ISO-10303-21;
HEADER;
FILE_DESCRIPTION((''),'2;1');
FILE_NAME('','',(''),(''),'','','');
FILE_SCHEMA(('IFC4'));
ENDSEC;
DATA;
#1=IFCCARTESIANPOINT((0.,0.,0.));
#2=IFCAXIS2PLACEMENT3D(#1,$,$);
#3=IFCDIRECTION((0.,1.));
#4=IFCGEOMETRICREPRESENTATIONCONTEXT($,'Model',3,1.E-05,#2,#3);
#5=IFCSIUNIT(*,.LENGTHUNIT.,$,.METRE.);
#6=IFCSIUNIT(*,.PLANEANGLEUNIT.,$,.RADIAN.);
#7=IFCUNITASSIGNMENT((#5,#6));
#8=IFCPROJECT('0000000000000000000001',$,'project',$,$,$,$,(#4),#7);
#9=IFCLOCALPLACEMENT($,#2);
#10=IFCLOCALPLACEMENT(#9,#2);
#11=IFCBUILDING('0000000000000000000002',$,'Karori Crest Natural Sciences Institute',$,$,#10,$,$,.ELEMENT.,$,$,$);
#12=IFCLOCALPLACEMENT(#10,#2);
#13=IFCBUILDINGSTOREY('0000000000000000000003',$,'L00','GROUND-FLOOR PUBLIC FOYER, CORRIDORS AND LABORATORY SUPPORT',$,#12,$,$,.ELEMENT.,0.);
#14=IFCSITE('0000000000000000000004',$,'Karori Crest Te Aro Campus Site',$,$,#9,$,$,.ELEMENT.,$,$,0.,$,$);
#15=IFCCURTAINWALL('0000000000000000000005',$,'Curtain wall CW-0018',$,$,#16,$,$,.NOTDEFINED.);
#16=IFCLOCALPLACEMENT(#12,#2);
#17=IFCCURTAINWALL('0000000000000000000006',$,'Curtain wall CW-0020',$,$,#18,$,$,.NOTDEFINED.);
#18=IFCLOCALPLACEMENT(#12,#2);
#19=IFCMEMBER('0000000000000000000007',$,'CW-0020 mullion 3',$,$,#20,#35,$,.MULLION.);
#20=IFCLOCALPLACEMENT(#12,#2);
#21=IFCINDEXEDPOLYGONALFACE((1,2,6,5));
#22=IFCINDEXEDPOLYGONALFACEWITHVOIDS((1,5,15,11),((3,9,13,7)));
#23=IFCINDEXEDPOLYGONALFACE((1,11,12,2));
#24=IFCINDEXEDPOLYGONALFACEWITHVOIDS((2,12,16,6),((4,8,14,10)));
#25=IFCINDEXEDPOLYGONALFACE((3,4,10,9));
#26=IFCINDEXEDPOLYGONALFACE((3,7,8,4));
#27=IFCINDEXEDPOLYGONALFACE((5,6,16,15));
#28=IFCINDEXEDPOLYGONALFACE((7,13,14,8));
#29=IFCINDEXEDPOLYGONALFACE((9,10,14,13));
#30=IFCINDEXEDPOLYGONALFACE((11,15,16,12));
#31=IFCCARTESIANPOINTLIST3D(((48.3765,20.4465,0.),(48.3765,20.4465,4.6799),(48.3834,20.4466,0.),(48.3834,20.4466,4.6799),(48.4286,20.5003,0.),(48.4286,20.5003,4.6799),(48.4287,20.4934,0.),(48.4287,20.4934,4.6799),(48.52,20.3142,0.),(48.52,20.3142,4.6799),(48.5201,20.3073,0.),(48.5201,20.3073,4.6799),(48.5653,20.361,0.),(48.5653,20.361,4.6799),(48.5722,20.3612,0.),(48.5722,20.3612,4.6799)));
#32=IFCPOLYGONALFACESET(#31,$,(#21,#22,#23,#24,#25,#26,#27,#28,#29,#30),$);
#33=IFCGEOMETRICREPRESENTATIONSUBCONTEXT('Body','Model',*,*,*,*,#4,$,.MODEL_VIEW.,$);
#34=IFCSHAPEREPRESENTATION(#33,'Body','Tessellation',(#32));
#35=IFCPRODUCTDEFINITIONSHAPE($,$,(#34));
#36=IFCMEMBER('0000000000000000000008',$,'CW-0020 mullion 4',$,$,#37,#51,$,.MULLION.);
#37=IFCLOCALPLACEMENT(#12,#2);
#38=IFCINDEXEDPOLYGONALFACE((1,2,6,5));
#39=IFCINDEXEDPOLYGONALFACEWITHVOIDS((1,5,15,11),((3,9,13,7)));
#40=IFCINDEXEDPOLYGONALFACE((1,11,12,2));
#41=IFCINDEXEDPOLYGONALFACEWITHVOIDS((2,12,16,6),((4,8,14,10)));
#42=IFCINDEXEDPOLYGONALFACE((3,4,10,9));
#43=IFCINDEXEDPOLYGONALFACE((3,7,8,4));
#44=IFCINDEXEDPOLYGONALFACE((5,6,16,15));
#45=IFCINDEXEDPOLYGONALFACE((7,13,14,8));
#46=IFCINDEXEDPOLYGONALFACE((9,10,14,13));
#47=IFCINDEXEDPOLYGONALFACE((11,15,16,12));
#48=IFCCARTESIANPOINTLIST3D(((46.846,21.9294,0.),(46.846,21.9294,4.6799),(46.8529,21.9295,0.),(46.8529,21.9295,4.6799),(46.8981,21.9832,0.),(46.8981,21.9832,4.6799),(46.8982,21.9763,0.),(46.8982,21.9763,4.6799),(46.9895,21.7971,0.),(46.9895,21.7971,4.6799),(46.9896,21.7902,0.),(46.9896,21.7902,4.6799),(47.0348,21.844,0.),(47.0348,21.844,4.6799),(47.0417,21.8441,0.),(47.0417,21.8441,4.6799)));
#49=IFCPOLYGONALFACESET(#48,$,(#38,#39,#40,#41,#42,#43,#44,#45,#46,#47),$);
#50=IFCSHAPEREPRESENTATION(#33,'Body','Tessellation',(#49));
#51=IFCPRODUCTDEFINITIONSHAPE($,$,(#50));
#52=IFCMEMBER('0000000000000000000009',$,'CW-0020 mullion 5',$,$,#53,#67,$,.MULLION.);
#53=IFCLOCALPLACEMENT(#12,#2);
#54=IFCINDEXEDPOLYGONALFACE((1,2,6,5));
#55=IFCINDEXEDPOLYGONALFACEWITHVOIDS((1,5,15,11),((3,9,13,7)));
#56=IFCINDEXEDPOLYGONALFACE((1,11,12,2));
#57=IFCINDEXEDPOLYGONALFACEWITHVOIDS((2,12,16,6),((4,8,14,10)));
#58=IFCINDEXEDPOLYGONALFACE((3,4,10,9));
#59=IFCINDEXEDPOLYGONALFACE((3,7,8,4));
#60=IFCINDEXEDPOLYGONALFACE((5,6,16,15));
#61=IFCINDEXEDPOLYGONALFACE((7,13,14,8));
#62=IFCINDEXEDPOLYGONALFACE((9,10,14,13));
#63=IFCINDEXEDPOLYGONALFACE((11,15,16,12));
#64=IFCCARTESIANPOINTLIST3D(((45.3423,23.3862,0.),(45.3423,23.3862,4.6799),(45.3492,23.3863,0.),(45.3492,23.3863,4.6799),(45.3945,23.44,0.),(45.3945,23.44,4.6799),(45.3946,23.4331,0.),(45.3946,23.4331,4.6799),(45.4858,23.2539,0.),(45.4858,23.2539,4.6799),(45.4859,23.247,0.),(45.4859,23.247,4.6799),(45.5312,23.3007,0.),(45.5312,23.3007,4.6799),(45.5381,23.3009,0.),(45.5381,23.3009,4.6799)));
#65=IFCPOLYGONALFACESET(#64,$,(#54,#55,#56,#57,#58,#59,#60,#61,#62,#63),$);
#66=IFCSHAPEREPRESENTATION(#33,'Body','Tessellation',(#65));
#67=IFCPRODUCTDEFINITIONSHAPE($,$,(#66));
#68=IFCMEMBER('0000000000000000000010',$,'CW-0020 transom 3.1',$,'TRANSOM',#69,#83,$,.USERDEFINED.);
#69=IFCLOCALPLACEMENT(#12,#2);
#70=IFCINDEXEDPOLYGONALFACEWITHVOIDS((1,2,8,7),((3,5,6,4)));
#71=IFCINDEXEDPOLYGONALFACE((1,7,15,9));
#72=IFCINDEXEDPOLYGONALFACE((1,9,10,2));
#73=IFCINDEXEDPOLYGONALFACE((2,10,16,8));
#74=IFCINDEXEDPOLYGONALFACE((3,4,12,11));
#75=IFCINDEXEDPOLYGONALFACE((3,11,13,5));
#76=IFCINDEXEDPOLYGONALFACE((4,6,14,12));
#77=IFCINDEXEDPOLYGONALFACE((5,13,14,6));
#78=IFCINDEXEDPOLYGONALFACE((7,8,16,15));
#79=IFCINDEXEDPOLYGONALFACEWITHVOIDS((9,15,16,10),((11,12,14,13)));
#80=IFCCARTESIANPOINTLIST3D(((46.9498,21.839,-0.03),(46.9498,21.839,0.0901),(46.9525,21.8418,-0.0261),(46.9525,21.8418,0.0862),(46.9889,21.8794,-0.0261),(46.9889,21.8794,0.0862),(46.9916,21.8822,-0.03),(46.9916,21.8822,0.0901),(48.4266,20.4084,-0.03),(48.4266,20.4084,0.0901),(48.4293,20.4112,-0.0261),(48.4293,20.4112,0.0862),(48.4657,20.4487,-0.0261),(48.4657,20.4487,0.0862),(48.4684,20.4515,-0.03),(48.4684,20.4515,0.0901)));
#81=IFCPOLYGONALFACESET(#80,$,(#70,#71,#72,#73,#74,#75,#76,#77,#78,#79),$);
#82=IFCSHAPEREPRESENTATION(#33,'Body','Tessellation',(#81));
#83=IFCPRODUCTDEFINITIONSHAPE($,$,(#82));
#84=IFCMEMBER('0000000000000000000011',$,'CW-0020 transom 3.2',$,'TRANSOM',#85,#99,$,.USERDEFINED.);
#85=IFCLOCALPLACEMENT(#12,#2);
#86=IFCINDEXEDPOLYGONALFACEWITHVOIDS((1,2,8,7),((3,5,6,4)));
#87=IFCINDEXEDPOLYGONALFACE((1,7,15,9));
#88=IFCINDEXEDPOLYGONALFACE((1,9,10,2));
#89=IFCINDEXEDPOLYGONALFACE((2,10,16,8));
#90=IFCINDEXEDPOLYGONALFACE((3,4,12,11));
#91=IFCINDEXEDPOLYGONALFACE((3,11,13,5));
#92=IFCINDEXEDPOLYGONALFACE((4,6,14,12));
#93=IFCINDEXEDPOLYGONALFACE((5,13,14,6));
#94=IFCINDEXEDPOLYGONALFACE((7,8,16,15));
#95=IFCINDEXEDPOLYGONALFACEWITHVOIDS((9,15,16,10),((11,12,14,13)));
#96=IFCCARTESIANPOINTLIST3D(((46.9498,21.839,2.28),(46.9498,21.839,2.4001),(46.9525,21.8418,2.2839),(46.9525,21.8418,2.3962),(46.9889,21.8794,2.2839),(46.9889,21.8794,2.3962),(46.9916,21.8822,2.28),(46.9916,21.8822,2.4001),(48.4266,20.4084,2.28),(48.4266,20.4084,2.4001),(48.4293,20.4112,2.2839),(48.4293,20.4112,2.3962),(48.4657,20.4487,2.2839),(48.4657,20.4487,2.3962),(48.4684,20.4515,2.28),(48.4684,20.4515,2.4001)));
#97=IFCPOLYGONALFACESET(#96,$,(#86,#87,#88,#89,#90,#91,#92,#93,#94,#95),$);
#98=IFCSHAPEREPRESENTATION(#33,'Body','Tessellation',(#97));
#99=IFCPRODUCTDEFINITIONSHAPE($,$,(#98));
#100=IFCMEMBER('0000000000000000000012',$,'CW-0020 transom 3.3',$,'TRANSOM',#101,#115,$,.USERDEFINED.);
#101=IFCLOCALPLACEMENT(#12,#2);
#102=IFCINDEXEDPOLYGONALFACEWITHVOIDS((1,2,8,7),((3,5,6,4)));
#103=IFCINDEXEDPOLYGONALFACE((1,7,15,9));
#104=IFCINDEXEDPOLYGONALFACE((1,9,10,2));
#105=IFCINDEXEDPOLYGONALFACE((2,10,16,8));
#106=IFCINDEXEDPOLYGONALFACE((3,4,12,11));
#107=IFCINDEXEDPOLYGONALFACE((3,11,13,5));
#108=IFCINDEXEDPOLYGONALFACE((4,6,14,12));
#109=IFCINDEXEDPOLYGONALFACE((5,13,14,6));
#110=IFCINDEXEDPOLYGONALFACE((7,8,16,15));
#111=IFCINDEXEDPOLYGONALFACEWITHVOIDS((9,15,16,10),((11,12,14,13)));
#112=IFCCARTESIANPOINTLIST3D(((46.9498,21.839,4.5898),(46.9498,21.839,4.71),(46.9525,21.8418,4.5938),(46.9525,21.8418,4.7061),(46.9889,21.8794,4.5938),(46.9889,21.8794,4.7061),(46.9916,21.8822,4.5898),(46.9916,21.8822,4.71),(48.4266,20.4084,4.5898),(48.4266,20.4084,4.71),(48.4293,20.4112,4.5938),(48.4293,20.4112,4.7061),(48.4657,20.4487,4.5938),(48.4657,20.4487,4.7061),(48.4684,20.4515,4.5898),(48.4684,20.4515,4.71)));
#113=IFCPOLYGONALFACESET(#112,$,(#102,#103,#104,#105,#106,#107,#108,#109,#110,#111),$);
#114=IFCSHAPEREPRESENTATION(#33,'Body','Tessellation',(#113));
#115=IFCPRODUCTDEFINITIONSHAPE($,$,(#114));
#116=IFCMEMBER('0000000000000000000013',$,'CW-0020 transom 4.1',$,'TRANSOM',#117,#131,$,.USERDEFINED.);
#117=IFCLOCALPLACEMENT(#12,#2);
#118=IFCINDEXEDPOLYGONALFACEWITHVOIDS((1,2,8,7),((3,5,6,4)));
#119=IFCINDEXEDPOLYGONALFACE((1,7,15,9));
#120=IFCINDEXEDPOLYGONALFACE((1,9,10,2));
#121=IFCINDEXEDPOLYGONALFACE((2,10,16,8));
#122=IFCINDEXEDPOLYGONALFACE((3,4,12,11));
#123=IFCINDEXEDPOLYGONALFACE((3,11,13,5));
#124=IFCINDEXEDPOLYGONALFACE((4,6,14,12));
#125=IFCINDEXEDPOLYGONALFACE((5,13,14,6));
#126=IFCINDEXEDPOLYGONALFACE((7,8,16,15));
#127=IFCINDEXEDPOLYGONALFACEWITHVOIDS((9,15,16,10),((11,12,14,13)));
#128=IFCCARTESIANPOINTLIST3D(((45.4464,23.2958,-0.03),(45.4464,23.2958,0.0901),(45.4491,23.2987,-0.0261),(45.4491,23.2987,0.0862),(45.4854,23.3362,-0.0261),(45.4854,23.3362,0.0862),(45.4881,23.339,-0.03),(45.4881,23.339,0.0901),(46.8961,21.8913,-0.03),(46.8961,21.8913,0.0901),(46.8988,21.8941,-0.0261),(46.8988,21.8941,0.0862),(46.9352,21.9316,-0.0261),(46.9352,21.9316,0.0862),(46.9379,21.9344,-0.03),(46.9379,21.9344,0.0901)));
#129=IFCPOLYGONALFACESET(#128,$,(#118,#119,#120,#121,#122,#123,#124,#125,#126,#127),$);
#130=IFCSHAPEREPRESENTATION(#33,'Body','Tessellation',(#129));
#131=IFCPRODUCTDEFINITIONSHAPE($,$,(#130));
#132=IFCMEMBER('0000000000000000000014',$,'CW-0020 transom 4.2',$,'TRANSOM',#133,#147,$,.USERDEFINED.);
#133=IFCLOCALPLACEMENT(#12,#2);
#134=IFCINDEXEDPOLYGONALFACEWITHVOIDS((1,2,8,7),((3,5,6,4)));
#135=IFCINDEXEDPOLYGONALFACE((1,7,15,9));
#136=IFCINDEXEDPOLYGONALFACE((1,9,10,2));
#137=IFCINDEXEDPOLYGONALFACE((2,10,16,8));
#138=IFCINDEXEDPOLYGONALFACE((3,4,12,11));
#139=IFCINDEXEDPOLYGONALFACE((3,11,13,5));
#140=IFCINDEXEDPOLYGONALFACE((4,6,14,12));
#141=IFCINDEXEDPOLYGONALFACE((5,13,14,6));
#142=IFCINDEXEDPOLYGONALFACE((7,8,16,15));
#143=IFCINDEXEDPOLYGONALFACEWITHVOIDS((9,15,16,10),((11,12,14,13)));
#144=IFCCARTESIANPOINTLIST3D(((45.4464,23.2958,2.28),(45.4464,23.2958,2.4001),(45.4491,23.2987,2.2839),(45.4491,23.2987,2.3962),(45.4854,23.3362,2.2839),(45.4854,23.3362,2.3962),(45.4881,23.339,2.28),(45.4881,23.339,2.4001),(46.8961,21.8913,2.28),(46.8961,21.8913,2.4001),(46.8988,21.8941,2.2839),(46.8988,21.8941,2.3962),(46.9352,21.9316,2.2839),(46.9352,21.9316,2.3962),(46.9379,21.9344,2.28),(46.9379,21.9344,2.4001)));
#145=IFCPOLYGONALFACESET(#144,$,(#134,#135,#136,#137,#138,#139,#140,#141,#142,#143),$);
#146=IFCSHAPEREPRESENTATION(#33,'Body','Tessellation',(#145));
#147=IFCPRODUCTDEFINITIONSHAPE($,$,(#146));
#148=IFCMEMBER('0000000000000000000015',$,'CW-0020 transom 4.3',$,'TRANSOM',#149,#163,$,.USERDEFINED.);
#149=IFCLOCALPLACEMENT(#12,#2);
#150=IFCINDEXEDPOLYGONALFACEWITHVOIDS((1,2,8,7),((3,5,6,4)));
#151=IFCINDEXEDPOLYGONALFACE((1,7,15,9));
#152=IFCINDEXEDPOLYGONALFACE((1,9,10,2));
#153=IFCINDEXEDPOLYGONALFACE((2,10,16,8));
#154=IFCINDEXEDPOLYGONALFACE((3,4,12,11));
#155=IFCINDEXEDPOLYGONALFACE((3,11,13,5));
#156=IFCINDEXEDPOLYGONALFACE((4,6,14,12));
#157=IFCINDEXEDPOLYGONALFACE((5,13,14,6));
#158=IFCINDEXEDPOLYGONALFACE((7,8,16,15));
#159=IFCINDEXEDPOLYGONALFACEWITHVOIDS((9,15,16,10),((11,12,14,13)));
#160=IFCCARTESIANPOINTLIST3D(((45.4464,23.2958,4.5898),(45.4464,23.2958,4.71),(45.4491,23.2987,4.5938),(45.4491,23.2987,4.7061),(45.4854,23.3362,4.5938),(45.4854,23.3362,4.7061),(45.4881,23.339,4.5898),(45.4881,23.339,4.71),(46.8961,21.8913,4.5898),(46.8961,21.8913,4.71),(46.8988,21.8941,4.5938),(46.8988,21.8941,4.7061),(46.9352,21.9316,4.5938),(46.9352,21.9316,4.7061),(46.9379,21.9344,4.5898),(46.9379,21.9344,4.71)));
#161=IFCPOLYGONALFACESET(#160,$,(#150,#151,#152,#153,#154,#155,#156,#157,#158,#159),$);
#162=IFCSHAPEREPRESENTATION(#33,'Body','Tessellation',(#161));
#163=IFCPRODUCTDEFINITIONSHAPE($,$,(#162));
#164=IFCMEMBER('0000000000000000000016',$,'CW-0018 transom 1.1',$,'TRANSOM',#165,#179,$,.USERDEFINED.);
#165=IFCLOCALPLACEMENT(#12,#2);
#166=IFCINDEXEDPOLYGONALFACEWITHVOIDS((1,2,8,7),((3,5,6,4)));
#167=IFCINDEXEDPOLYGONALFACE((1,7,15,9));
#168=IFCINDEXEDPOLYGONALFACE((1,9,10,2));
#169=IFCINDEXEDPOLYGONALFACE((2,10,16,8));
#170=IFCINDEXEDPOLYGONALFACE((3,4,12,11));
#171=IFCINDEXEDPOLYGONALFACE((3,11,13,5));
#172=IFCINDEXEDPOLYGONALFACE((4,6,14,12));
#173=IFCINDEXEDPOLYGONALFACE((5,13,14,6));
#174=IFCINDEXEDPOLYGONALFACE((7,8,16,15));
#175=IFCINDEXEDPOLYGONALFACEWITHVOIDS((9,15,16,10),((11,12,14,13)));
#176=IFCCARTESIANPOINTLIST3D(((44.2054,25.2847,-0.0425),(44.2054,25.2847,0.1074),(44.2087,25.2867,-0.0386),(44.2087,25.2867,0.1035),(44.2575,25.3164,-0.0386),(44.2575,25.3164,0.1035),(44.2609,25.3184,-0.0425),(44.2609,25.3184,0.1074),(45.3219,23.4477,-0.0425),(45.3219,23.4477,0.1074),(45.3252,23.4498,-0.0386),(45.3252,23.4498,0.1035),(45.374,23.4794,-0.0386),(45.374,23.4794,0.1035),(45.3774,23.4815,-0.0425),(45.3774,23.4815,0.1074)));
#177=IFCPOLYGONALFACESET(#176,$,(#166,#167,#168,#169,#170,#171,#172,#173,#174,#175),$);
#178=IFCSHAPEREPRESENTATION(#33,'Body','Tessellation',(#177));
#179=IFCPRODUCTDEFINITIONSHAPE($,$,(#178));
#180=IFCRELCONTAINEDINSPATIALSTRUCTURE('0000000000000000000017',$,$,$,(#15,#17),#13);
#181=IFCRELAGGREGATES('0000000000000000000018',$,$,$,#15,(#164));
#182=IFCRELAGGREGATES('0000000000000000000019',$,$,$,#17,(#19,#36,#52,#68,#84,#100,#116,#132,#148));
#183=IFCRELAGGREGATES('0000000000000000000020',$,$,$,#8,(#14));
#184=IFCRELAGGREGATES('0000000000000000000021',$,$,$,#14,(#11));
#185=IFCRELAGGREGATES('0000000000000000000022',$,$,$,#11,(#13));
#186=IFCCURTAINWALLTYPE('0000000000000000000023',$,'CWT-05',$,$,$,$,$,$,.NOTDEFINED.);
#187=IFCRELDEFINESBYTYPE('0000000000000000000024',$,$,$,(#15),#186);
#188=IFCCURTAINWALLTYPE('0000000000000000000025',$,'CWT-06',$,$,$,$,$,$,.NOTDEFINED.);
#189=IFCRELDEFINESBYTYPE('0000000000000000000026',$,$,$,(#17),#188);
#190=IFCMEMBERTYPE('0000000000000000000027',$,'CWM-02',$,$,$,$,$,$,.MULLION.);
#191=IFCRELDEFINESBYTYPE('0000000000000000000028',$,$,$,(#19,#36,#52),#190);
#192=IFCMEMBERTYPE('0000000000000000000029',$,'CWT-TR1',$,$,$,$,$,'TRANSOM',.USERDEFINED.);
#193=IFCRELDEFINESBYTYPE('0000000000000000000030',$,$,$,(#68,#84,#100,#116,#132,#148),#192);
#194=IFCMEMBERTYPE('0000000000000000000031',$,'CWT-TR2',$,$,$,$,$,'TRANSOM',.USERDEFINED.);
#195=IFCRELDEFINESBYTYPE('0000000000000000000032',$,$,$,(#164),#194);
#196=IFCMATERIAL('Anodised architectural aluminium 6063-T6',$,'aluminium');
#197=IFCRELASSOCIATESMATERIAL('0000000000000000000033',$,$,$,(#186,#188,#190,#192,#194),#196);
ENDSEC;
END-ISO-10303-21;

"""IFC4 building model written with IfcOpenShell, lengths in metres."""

from ifc_helpers import new_model, si_unit, direction, frame, origin, origin_2d, place, context, subcontext, project, spatial, hollow_rectangle, extrude, material, material_profile, profile_set, type_object, element, aggregate, save


model = new_model("IFC4")

# Units and contexts
model_context = context("Model", 3, precision=1e-05, world=origin(), true_north=direction((0.0, 1.0)))
body_context = subcontext(model_context, "Body", "Model", "MODEL_VIEW")
ifc_project = project(units=[si_unit("LENGTHUNIT", "METRE"), si_unit("PLANEANGLEUNIT", "RADIAN")], contexts=[model_context])

# Site, building, storey
site_placement = place(None, origin())
site = spatial("IfcSite", under=ifc_project, at=site_placement, Name="Karori Crest Te Aro Campus Site", CompositionType="ELEMENT", RefElevation=0.0)
building_placement = place(site_placement, origin())
building = spatial("IfcBuilding", under=site, at=building_placement, Name="Karori Crest Natural Sciences Institute", CompositionType="ELEMENT")
storey_placement = place(building_placement, origin())
storey = spatial("IfcBuildingStorey", under=building, at=storey_placement, Name="L00", Description="GROUND-FLOOR PUBLIC FOYER, CORRIDORS AND LABORATORY SUPPORT", CompositionType="ELEMENT", Elevation=0.0)

# Curtain wall
ifc_material_1 = material(Name="Anodised architectural aluminium 6063-T6", Category="aluminium")
curtain_wall_type_1 = type_object("IfcCurtainWallType", Name="CWT-05", PredefinedType="NOTDEFINED", material=ifc_material_1)
curtain_wall_1_placement = place(storey_placement, origin())
curtain_wall_1 = element("IfcCurtainWall", 1, at=curtain_wall_1_placement, inside=storey, type_object=curtain_wall_type_1, Name="Curtain wall CW-0018", PredefinedType="NOTDEFINED")
ifc_material_profile_1 = material_profile(ifc_material_1, hollow_rectangle(XDim=0.075, YDim=0.2, WallThickness=0.0049, at=origin_2d()), Name="CWM200x75x5")
ifc_profile_set_1 = profile_set([ifc_material_profile_1], Name="Anodised architectural aluminium 6063-T6")
member_type_1 = type_object("IfcMemberType", Name="CWM-02", PredefinedType="MULLION", material=ifc_profile_set_1)

# Curtain wall, members
curtain_wall_type_2 = type_object("IfcCurtainWallType", Name="CWT-06", PredefinedType="NOTDEFINED", material=ifc_material_1)
curtain_wall_2_placement = place(storey_placement, origin())
curtain_wall_2 = element("IfcCurtainWall", 2, at=curtain_wall_2_placement, inside=storey, type_object=curtain_wall_type_2, Name="Curtain wall CW-0020", PredefinedType="NOTDEFINED")
member_1_placement = place(storey_placement, frame((48.4744, 20.4038, 0.0), z_axis=(0.0, 0.0, 1.0), x_axis=(-0.695839, -0.718198, 0.0)))
member_1 = element("IfcMember", 3, at=member_1_placement, type_object=member_type_1, Name="CW-0020 mullion 3", PredefinedType="MULLION", context=body_context, shape_type="SweptSolid", body=[
    extrude(hollow_rectangle(XDim=0.075, YDim=0.2, WallThickness=0.0049, at=origin_2d()), origin(), (0.0, 0.0, 1.0), 4.6799),
])
member_2_placement = place(storey_placement, frame((46.9438, 21.8867, 0.0), z_axis=(0.0, 0.0, 1.0), x_axis=(-0.695839, -0.718198, 0.0)))
member_2 = element("IfcMember", 4, at=member_2_placement, type_object=member_type_1, Name="CW-0020 mullion 4", PredefinedType="MULLION", context=body_context, shape_type="SweptSolid", body=[
    extrude(hollow_rectangle(XDim=0.075, YDim=0.2, WallThickness=0.0049, at=origin_2d()), origin(), (0.0, 0.0, 1.0), 4.6799),
])
member_3_placement = place(storey_placement, frame((45.4402, 23.3435, 0.0), z_axis=(0.0, 0.0, 1.0), x_axis=(-0.695839, -0.718198, 0.0)))
member_3 = element("IfcMember", 5, at=member_3_placement, type_object=member_type_1, Name="CW-0020 mullion 5", PredefinedType="MULLION", context=body_context, shape_type="SweptSolid", body=[
    extrude(hollow_rectangle(XDim=0.075, YDim=0.2, WallThickness=0.0049, at=origin_2d()), origin(), (0.0, 0.0, 1.0), 4.6799),
])
ifc_material_profile_2 = material_profile(ifc_material_1, hollow_rectangle(XDim=0.0601, YDim=0.1201, WallThickness=0.0039, at=origin_2d()), Name="CWT120x60x4")
ifc_profile_set_2 = profile_set([ifc_material_profile_2], Name="Anodised architectural aluminium 6063-T6")
member_type_2 = type_object("IfcMemberType", Name="CWT-TR1", ElementType="TRANSOM", PredefinedType="USERDEFINED", material=ifc_profile_set_2)
member_4_placement = place(storey_placement, frame((48.4475, 20.4299, 0.03), z_axis=(-0.718238, 0.695797, 0.0), x_axis=(-0.695797, -0.718238, 0.0)))
member_4 = element("IfcMember", 6, at=member_4_placement, type_object=member_type_2, Name="CW-0020 transom 3.1", ObjectType="TRANSOM", PredefinedType="USERDEFINED", context=body_context, shape_type="SweptSolid", body=[
    extrude(hollow_rectangle(XDim=0.0601, YDim=0.1201, WallThickness=0.0039, at=origin_2d()), origin(), (0.0, 0.0, 1.0), 2.0562),
])
member_5_placement = place(storey_placement, frame((48.4475, 20.4299, 2.3401), z_axis=(-0.718238, 0.695797, 0.0), x_axis=(-0.695797, -0.718238, 0.0)))
member_5 = element("IfcMember", 7, at=member_5_placement, type_object=member_type_2, Name="CW-0020 transom 3.2", ObjectType="TRANSOM", PredefinedType="USERDEFINED", context=body_context, shape_type="SweptSolid", body=[
    extrude(hollow_rectangle(XDim=0.0601, YDim=0.1201, WallThickness=0.0039, at=origin_2d()), origin(), (0.0, 0.0, 1.0), 2.0562),
])
member_6_placement = place(storey_placement, frame((48.4475, 20.4299, 4.6499), z_axis=(-0.718238, 0.695797, 0.0), x_axis=(-0.695797, -0.718238, 0.0)))
member_6 = element("IfcMember", 8, at=member_6_placement, type_object=member_type_2, Name="CW-0020 transom 3.3", ObjectType="TRANSOM", PredefinedType="USERDEFINED", context=body_context, shape_type="SweptSolid", body=[
    extrude(hollow_rectangle(XDim=0.0601, YDim=0.1201, WallThickness=0.0039, at=origin_2d()), origin(), (0.0, 0.0, 1.0), 2.0562),
])
member_7_placement = place(storey_placement, frame((46.917, 21.9128, 0.03), z_axis=(-0.718206, 0.69583, 0.0), x_axis=(-0.69583, -0.718206, 0.0)))
member_7 = element("IfcMember", 9, at=member_7_placement, type_object=member_type_2, Name="CW-0020 transom 4.1", ObjectType="TRANSOM", PredefinedType="USERDEFINED", context=body_context, shape_type="SweptSolid", body=[
    extrude(hollow_rectangle(XDim=0.0601, YDim=0.1201, WallThickness=0.0039, at=origin_2d()), origin(), (0.0, 0.0, 1.0), 2.0186),
])
member_8_placement = place(storey_placement, frame((46.917, 21.9128, 2.3401), z_axis=(-0.718206, 0.69583, 0.0), x_axis=(-0.69583, -0.718206, 0.0)))
member_8 = element("IfcMember", 10, at=member_8_placement, type_object=member_type_2, Name="CW-0020 transom 4.2", ObjectType="TRANSOM", PredefinedType="USERDEFINED", context=body_context, shape_type="SweptSolid", body=[
    extrude(hollow_rectangle(XDim=0.0601, YDim=0.1201, WallThickness=0.0039, at=origin_2d()), origin(), (0.0, 0.0, 1.0), 2.0186),
])
member_9_placement = place(storey_placement, frame((46.917, 21.9128, 4.6499), z_axis=(-0.718206, 0.69583, 0.0), x_axis=(-0.69583, -0.718206, 0.0)))
member_9 = element("IfcMember", 11, at=member_9_placement, type_object=member_type_2, Name="CW-0020 transom 4.3", ObjectType="TRANSOM", PredefinedType="USERDEFINED", context=body_context, shape_type="SweptSolid", body=[
    extrude(hollow_rectangle(XDim=0.0601, YDim=0.1201, WallThickness=0.0039, at=origin_2d()), origin(), (0.0, 0.0, 1.0), 2.0186),
])

# Member
ifc_material_profile_3 = material_profile(ifc_material_1, hollow_rectangle(XDim=0.0649, YDim=0.1499, WallThickness=0.0039, at=origin_2d()), Name="CWT150x65x4")
ifc_profile_set_3 = profile_set([ifc_material_profile_3], Name="Anodised architectural aluminium 6063-T6")
member_type_3 = type_object("IfcMemberType", Name="CWT-TR2", ElementType="TRANSOM", PredefinedType="USERDEFINED", material=ifc_profile_set_3)
member_10_placement = place(storey_placement, frame((45.3496, 23.4646, 0.0325), z_axis=(-0.519381, 0.854543, 0.0), x_axis=(-0.854543, -0.519381, 0.0)))
member_10 = element("IfcMember", 12, at=member_10_placement, type_object=member_type_3, Name="CW-0018 transom 1.1", ObjectType="TRANSOM", PredefinedType="USERDEFINED", context=body_context, shape_type="SweptSolid", body=[
    extrude(hollow_rectangle(XDim=0.0649, YDim=0.1499, WallThickness=0.0039, at=origin_2d()), origin(), (0.0, 0.0, 1.0), 2.1497),
])
aggregate(curtain_wall_1, [member_10])

aggregate(curtain_wall_2, [member_1, member_2, member_3, member_4, member_5, member_6, member_7, member_8, member_9])

save(model, "model.ifc")
